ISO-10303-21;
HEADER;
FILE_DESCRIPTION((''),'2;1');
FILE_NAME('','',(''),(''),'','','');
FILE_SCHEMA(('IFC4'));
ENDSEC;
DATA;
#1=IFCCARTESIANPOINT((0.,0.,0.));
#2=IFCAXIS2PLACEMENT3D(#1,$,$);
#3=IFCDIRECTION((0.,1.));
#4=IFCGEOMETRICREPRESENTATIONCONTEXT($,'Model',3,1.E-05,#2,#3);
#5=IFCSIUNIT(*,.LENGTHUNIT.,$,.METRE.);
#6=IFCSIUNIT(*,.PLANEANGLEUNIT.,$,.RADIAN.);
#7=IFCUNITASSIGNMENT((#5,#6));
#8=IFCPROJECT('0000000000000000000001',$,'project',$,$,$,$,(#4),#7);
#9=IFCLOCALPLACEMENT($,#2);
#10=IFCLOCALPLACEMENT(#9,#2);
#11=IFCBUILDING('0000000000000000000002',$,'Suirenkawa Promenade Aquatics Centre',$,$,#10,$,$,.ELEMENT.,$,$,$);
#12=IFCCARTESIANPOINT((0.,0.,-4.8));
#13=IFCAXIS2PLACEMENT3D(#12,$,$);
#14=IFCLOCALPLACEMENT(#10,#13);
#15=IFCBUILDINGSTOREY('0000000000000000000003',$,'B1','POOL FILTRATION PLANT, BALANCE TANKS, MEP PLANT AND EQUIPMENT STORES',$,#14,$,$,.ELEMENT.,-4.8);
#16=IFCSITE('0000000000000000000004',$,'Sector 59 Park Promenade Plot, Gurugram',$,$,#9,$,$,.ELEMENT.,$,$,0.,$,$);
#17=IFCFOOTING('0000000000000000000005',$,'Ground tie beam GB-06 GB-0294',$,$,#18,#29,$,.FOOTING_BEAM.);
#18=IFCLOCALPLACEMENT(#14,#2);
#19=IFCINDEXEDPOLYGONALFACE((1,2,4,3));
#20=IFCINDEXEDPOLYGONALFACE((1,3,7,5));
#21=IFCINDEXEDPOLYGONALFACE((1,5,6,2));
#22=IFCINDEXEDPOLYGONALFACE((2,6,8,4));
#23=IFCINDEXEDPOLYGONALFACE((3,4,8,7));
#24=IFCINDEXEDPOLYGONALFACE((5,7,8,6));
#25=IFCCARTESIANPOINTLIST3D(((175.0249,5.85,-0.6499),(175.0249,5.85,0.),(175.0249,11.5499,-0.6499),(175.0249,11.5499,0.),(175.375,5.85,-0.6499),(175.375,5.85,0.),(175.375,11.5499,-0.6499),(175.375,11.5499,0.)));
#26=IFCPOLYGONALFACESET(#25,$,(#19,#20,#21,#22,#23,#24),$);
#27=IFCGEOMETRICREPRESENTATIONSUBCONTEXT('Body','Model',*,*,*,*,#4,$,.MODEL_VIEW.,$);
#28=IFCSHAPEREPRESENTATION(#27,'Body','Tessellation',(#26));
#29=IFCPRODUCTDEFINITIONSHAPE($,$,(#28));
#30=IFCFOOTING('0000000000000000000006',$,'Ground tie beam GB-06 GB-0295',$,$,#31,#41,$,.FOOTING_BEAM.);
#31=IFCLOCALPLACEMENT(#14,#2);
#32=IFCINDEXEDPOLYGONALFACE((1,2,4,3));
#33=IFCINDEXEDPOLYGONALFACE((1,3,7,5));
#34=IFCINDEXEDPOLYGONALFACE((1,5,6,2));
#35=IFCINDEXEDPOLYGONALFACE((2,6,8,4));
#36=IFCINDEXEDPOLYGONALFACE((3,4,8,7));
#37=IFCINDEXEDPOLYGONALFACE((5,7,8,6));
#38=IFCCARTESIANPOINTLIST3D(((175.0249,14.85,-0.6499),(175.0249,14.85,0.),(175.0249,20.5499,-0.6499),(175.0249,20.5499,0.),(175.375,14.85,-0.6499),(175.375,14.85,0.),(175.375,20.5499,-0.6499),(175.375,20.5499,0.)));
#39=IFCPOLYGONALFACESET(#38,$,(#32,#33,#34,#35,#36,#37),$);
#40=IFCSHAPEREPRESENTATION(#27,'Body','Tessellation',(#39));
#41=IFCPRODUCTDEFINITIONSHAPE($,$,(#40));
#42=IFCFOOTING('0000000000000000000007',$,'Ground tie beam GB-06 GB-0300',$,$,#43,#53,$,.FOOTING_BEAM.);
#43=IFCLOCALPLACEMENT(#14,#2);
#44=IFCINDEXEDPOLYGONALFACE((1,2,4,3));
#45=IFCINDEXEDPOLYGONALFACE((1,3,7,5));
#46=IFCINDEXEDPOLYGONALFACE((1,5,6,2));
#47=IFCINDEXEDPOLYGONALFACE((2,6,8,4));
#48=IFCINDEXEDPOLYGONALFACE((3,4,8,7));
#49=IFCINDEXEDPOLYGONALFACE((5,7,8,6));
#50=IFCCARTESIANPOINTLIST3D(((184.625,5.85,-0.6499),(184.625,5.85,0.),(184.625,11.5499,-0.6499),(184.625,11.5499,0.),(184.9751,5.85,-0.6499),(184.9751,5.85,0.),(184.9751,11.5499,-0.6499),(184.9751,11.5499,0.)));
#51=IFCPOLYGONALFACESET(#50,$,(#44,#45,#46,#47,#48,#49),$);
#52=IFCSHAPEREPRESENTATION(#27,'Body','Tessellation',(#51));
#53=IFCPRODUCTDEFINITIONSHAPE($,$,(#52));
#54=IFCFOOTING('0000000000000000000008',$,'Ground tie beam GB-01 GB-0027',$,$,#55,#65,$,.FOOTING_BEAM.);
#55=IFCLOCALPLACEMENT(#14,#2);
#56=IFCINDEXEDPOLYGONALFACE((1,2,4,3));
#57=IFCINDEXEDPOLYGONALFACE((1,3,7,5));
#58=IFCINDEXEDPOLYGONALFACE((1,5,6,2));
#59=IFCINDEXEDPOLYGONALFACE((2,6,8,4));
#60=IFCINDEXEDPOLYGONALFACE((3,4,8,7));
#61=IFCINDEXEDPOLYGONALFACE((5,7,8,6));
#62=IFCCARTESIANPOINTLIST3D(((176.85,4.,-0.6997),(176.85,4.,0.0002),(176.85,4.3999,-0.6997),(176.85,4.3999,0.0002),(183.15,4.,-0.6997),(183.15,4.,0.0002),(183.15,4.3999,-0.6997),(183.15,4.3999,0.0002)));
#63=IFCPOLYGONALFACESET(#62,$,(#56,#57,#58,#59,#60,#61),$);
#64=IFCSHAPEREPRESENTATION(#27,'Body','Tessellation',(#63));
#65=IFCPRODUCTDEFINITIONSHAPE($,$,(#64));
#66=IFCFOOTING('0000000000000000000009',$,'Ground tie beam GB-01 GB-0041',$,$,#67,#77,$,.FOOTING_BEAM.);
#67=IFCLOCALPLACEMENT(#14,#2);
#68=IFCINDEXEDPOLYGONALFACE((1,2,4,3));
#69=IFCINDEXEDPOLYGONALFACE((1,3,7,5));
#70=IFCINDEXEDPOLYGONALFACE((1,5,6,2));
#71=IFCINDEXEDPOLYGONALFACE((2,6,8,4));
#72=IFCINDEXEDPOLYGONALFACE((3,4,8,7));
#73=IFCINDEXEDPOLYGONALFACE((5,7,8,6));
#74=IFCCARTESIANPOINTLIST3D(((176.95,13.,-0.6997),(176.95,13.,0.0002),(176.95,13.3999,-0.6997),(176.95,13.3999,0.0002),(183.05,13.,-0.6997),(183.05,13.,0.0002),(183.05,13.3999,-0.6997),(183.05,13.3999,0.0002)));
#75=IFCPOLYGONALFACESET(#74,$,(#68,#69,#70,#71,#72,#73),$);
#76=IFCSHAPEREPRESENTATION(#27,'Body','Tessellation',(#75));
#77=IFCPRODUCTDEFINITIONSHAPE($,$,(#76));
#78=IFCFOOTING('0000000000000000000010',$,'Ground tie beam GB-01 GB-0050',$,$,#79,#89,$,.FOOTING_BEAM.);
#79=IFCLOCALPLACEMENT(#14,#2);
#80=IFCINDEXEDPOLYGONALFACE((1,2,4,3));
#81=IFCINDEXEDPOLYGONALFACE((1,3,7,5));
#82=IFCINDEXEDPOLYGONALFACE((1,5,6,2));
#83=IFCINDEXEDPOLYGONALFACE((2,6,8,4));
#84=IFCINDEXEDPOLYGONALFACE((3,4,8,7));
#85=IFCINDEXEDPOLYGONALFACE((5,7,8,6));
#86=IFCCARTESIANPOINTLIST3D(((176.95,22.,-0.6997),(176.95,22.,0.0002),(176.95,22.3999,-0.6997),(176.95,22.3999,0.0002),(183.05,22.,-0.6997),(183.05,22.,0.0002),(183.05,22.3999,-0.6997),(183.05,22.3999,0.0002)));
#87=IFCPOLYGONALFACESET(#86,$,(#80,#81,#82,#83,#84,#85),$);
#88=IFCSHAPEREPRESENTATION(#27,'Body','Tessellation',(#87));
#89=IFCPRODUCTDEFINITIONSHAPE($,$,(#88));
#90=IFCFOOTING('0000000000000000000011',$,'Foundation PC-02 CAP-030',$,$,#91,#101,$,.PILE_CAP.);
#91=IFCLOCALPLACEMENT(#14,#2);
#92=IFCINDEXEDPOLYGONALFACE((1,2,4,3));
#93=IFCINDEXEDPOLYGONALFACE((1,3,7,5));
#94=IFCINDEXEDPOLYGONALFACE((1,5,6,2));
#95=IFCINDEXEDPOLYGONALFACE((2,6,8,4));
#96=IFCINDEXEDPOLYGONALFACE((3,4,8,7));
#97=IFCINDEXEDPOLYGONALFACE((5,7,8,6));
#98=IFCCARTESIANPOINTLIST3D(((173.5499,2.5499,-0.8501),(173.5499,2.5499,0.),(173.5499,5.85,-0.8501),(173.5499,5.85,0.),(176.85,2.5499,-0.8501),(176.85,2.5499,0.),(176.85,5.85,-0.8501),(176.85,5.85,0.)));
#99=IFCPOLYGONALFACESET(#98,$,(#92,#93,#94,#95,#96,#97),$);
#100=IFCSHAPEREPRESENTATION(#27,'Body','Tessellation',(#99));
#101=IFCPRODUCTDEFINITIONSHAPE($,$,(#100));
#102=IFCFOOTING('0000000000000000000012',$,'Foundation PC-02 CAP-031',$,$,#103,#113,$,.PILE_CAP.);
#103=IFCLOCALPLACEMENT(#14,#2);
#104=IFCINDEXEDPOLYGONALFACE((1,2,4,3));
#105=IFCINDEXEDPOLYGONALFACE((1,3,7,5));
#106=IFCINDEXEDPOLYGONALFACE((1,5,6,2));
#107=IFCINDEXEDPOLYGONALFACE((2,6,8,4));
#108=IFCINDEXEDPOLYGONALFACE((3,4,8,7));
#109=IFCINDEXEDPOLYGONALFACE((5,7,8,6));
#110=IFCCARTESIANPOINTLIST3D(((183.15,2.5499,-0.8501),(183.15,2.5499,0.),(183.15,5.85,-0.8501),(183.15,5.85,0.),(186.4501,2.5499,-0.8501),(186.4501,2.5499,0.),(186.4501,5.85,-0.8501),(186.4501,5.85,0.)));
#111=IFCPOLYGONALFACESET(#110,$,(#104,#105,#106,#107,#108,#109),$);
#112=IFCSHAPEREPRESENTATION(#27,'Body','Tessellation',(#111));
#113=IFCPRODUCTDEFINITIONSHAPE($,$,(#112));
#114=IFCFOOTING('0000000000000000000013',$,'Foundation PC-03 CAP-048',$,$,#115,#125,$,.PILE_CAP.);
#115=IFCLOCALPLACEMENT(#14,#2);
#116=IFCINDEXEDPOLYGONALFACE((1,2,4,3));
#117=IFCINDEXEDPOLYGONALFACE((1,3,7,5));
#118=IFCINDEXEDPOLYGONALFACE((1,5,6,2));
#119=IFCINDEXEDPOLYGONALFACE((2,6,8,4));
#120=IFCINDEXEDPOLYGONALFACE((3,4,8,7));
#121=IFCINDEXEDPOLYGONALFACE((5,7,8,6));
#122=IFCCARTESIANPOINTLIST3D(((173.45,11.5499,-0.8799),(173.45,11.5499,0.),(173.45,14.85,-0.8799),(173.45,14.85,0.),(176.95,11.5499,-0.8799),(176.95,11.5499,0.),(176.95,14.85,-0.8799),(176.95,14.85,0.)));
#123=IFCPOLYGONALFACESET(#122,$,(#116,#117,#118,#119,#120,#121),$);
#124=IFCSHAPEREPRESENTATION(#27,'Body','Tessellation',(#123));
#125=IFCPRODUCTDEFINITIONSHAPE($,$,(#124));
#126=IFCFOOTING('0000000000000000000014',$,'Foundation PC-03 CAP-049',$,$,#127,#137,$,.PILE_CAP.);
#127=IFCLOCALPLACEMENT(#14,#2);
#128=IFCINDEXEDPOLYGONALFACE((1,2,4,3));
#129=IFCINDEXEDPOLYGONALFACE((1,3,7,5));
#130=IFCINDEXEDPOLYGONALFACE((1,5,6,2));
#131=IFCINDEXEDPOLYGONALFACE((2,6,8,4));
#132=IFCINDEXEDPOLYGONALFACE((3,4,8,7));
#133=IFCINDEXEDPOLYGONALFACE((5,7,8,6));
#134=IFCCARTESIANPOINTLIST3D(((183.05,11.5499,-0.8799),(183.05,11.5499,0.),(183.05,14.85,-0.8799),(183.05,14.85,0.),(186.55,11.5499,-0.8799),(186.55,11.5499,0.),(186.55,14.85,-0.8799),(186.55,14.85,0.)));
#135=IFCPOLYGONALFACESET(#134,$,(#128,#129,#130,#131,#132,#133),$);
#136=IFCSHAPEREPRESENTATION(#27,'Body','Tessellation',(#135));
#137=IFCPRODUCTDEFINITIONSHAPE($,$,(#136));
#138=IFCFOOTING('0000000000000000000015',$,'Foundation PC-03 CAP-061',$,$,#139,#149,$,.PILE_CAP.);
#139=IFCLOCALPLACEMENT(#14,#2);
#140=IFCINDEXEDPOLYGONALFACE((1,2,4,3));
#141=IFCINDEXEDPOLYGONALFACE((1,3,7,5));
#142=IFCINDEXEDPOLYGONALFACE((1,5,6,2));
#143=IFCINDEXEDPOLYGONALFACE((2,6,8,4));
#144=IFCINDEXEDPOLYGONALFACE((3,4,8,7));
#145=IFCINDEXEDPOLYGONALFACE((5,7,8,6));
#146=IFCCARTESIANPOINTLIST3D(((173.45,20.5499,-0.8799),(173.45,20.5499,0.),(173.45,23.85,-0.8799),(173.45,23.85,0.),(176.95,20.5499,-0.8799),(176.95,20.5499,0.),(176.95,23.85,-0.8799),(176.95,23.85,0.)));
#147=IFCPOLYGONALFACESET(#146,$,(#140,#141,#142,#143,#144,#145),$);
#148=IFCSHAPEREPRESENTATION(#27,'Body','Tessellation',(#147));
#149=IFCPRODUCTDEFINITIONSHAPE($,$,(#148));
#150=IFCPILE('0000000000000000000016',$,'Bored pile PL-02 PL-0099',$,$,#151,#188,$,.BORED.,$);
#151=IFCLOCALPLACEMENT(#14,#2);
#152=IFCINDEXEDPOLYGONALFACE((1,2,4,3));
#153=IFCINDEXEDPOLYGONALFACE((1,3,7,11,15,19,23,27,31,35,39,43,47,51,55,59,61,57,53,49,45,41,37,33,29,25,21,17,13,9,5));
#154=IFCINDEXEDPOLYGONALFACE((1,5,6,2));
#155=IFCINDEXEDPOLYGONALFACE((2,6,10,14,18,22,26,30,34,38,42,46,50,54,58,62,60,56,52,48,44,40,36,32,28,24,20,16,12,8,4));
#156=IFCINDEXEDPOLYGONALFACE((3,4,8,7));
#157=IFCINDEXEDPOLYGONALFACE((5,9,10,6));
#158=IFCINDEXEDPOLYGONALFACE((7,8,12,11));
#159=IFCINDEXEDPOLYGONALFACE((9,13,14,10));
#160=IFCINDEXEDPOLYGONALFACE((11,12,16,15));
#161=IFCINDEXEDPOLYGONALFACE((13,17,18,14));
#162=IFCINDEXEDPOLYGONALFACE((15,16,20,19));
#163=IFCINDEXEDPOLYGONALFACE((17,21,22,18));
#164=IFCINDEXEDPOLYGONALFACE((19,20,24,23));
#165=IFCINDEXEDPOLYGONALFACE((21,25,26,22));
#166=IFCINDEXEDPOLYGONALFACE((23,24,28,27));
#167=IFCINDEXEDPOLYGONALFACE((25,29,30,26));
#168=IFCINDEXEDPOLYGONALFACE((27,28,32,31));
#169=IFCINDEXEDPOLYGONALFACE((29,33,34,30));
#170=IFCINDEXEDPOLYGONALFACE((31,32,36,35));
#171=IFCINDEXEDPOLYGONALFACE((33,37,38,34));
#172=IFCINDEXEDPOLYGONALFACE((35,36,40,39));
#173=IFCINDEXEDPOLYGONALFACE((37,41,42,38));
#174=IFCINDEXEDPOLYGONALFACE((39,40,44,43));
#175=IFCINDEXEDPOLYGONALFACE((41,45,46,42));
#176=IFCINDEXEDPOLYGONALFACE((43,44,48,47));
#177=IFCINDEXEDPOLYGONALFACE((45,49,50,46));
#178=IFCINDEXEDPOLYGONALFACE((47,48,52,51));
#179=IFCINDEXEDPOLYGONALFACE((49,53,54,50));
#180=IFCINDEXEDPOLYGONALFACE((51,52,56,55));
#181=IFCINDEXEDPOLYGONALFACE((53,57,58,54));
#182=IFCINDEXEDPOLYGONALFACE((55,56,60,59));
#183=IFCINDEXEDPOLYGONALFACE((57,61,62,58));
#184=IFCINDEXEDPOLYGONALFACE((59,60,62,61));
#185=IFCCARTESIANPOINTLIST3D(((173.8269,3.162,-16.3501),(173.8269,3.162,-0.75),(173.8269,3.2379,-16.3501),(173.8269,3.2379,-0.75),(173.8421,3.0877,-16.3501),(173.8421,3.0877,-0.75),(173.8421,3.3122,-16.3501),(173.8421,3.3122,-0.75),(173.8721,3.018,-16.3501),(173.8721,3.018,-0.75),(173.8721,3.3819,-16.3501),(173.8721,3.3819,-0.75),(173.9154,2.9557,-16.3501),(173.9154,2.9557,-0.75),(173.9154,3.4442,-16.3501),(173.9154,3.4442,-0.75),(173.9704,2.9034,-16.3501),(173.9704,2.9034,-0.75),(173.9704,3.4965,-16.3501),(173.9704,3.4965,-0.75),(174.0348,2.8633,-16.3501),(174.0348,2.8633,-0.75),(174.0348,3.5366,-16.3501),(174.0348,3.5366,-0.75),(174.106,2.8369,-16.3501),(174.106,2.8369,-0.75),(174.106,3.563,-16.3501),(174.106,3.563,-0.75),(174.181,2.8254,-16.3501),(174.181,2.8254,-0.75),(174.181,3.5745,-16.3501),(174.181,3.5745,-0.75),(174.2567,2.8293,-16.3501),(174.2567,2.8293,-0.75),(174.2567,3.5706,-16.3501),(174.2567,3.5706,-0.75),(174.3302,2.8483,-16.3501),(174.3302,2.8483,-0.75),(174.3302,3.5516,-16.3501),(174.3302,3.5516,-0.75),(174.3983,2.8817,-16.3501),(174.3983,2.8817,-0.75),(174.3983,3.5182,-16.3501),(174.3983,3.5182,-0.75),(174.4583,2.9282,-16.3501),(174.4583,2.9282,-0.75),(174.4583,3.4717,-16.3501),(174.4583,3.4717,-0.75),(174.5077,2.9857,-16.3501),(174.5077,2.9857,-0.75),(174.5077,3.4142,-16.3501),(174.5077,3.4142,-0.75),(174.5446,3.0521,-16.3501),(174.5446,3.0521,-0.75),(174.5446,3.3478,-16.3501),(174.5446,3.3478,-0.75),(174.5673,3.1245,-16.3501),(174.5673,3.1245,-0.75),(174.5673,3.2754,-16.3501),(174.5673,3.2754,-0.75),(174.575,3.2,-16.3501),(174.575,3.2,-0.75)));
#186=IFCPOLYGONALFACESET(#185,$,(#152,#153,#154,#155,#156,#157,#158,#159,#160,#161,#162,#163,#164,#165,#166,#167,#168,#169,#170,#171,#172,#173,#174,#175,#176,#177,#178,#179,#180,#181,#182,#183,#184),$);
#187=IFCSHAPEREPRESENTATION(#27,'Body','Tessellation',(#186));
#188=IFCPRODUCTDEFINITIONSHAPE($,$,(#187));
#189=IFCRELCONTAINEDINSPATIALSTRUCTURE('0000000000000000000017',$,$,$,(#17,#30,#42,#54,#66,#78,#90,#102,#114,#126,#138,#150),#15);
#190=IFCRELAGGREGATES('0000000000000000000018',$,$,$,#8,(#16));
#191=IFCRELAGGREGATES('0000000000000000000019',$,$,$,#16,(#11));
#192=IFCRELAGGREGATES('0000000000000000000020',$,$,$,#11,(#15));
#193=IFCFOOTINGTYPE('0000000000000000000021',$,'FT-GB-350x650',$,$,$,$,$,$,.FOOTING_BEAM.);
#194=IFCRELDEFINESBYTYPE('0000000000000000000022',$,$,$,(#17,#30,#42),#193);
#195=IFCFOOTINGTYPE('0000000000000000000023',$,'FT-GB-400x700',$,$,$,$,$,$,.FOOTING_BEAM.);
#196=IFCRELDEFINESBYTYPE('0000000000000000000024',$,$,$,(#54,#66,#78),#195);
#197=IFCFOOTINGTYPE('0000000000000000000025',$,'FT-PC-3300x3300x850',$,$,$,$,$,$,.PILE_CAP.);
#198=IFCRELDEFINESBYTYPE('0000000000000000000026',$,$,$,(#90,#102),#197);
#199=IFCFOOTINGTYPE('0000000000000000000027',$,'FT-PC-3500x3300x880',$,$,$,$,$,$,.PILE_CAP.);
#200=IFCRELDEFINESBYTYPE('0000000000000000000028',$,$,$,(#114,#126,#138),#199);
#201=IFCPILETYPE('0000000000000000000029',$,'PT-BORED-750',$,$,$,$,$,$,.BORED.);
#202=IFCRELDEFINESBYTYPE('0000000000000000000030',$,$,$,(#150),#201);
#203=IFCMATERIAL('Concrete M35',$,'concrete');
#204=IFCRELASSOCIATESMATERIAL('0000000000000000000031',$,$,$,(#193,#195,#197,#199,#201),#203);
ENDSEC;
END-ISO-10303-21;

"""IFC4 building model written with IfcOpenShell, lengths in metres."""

from ifc_helpers import new_model, si_unit, direction, frame, origin, origin_2d, place, context, subcontext, project, spatial, rectangle, circle, extrude, material, material_profile, profile_set, type_object, element, save


model = new_model("IFC4")

# Units and contexts
model_context = context("Model", 3, precision=1e-05, world=origin(), true_north=direction((0.0, 1.0)))
body_context = subcontext(model_context, "Body", "Model", "MODEL_VIEW")
ifc_project = project(units=[si_unit("LENGTHUNIT", "METRE"), si_unit("PLANEANGLEUNIT", "RADIAN")], contexts=[model_context])

# Site, building, storey
site_placement = place(None, origin())
site = spatial("IfcSite", under=ifc_project, at=site_placement, Name="Sector 59 Park Promenade Plot, Gurugram", CompositionType="ELEMENT", RefElevation=0.0)
building_placement = place(site_placement, origin())
building = spatial("IfcBuilding", under=site, at=building_placement, Name="Suirenkawa Promenade Aquatics Centre", CompositionType="ELEMENT")
storey_placement = place(building_placement, frame((0.0, 0.0, -4.8)))
storey = spatial("IfcBuildingStorey", under=building, at=storey_placement, Name="B1", Description="POOL FILTRATION PLANT, BALANCE TANKS, MEP PLANT AND EQUIPMENT STORES", CompositionType="ELEMENT", Elevation=-4.8)

# Footings
ifc_material_1 = material(Name="Concrete M35", Category="concrete")
footing_type_1 = type_object("IfcFootingType", Name="FT-GB-350x650", PredefinedType="FOOTING_BEAM", material=ifc_material_1)
for number, where, z_axis, x_axis, name in (
    (1, (175.2, 8.7, -0.6499), (0.0, 0.0, 1.0), (0.0, 1.0, 0.0), "Ground tie beam GB-06 GB-0294"),
    (2, (175.2, 17.7, -0.6499), (0.0, 0.0, 1.0), (0.0, 1.0, 0.0), "Ground tie beam GB-06 GB-0295"),
    (3, (184.8, 8.7, -0.6499), (0.0, 0.0, 1.0), (0.0, 1.0, 0.0), "Ground tie beam GB-06 GB-0300"),
):
    element("IfcFooting", number, at=place(storey_placement, frame(where, z_axis=z_axis, x_axis=x_axis)), inside=storey, type_object=footing_type_1, Name=name, PredefinedType="FOOTING_BEAM", context=body_context, shape_type="SweptSolid", body=[
        extrude(rectangle(XDim=5.7, YDim=0.3501, at=origin_2d()), origin(), (0.0, 0.0, 1.0), 0.6499),
    ])
footing_type_2 = type_object("IfcFootingType", Name="FT-GB-400x700", PredefinedType="FOOTING_BEAM", material=ifc_material_1)
footing_placement = place(storey_placement, frame((180.0, 4.2, -0.6997), z_axis=(0.0, 0.0, 1.0), x_axis=(1.0, 0.0, 0.0)))
element("IfcFooting", 4, at=footing_placement, inside=storey, type_object=footing_type_2, Name="Ground tie beam GB-01 GB-0027", PredefinedType="FOOTING_BEAM", context=body_context, shape_type="SweptSolid", body=[
    extrude(rectangle(XDim=6.3, YDim=0.3999, at=origin_2d()), origin(), (0.0, 0.0, 1.0), 0.7),
])
for number, where, z_axis, x_axis, name in (
    (5, (180.0, 13.2, -0.6997), (0.0, 0.0, 1.0), (1.0, 0.0, 0.0), "Ground tie beam GB-01 GB-0041"),
    (6, (180.0, 22.2, -0.6997), (0.0, 0.0, 1.0), (1.0, 0.0, 0.0), "Ground tie beam GB-01 GB-0050"),
):
    element("IfcFooting", number, at=place(storey_placement, frame(where, z_axis=z_axis, x_axis=x_axis)), inside=storey, type_object=footing_type_2, Name=name, PredefinedType="FOOTING_BEAM", context=body_context, shape_type="SweptSolid", body=[
        extrude(rectangle(XDim=6.1001, YDim=0.3999, at=origin_2d()), origin(), (0.0, 0.0, 1.0), 0.7),
    ])
footing_type_3 = type_object("IfcFootingType", Name="FT-PC-3300x3300x850", PredefinedType="PILE_CAP", material=ifc_material_1)
for number, where, z_axis, x_axis, name in (
    (7, (175.2, 4.2, -0.8501), (0.0, 0.0, 1.0), (1.0, 0.0, 0.0), "Foundation PC-02 CAP-030"),
    (8, (184.8, 4.2, -0.8501), (0.0, 0.0, 1.0), (1.0, 0.0, 0.0), "Foundation PC-02 CAP-031"),
):
    element("IfcFooting", number, at=place(storey_placement, frame(where, z_axis=z_axis, x_axis=x_axis)), inside=storey, type_object=footing_type_3, Name=name, PredefinedType="PILE_CAP", context=body_context, shape_type="SweptSolid", body=[
        extrude(rectangle(XDim=3.3, YDim=3.3, at=origin_2d()), origin(), (0.0, 0.0, 1.0), 0.8501),
    ])
footing_type_4 = type_object("IfcFootingType", Name="FT-PC-3500x3300x880", PredefinedType="PILE_CAP", material=ifc_material_1)
for number, where, z_axis, x_axis, name in (
    (9, (175.2, 13.2, -0.8799), (0.0, 0.0, 1.0), (1.0, 0.0, 0.0), "Foundation PC-03 CAP-048"),
    (10, (184.8, 13.2, -0.8799), (0.0, 0.0, 1.0), (1.0, 0.0, 0.0), "Foundation PC-03 CAP-049"),
    (11, (175.2, 22.2, -0.8799), (0.0, 0.0, 1.0), (1.0, 0.0, 0.0), "Foundation PC-03 CAP-061"),
):
    element("IfcFooting", number, at=place(storey_placement, frame(where, z_axis=z_axis, x_axis=x_axis)), inside=storey, type_object=footing_type_4, Name=name, PredefinedType="PILE_CAP", context=body_context, shape_type="SweptSolid", body=[
        extrude(rectangle(XDim=3.5, YDim=3.3, at=origin_2d()), origin(), (0.0, 0.0, 1.0), 0.8799),
    ])

# Pile
ifc_material_profile_1 = material_profile(ifc_material_1, circle(Radius=0.375, at=origin_2d()), Name="PILE D750", Category="concrete")
ifc_profile_set_1 = profile_set([ifc_material_profile_1], Name="Concrete M35")
pile_type = type_object("IfcPileType", Name="PT-BORED-750", PredefinedType="BORED", material=ifc_profile_set_1)
for number, where, z_axis, x_axis, name in (
    (12, (174.2, 3.2, -0.75), (0.0, 0.0, -1.0), (1.0, 0.0, 0.0), "Bored pile PL-02 PL-0099"),
):
    element("IfcPile", number, at=place(storey_placement, frame(where, z_axis=z_axis, x_axis=x_axis)), inside=storey, type_object=pile_type, Name=name, PredefinedType="BORED", context=body_context, shape_type="SweptSolid", body=[
        extrude(circle(Radius=0.375, at=origin_2d()), origin(), (0.0, 0.0, 1.0), 15.6001),
    ])

save(model, "model.ifc")
